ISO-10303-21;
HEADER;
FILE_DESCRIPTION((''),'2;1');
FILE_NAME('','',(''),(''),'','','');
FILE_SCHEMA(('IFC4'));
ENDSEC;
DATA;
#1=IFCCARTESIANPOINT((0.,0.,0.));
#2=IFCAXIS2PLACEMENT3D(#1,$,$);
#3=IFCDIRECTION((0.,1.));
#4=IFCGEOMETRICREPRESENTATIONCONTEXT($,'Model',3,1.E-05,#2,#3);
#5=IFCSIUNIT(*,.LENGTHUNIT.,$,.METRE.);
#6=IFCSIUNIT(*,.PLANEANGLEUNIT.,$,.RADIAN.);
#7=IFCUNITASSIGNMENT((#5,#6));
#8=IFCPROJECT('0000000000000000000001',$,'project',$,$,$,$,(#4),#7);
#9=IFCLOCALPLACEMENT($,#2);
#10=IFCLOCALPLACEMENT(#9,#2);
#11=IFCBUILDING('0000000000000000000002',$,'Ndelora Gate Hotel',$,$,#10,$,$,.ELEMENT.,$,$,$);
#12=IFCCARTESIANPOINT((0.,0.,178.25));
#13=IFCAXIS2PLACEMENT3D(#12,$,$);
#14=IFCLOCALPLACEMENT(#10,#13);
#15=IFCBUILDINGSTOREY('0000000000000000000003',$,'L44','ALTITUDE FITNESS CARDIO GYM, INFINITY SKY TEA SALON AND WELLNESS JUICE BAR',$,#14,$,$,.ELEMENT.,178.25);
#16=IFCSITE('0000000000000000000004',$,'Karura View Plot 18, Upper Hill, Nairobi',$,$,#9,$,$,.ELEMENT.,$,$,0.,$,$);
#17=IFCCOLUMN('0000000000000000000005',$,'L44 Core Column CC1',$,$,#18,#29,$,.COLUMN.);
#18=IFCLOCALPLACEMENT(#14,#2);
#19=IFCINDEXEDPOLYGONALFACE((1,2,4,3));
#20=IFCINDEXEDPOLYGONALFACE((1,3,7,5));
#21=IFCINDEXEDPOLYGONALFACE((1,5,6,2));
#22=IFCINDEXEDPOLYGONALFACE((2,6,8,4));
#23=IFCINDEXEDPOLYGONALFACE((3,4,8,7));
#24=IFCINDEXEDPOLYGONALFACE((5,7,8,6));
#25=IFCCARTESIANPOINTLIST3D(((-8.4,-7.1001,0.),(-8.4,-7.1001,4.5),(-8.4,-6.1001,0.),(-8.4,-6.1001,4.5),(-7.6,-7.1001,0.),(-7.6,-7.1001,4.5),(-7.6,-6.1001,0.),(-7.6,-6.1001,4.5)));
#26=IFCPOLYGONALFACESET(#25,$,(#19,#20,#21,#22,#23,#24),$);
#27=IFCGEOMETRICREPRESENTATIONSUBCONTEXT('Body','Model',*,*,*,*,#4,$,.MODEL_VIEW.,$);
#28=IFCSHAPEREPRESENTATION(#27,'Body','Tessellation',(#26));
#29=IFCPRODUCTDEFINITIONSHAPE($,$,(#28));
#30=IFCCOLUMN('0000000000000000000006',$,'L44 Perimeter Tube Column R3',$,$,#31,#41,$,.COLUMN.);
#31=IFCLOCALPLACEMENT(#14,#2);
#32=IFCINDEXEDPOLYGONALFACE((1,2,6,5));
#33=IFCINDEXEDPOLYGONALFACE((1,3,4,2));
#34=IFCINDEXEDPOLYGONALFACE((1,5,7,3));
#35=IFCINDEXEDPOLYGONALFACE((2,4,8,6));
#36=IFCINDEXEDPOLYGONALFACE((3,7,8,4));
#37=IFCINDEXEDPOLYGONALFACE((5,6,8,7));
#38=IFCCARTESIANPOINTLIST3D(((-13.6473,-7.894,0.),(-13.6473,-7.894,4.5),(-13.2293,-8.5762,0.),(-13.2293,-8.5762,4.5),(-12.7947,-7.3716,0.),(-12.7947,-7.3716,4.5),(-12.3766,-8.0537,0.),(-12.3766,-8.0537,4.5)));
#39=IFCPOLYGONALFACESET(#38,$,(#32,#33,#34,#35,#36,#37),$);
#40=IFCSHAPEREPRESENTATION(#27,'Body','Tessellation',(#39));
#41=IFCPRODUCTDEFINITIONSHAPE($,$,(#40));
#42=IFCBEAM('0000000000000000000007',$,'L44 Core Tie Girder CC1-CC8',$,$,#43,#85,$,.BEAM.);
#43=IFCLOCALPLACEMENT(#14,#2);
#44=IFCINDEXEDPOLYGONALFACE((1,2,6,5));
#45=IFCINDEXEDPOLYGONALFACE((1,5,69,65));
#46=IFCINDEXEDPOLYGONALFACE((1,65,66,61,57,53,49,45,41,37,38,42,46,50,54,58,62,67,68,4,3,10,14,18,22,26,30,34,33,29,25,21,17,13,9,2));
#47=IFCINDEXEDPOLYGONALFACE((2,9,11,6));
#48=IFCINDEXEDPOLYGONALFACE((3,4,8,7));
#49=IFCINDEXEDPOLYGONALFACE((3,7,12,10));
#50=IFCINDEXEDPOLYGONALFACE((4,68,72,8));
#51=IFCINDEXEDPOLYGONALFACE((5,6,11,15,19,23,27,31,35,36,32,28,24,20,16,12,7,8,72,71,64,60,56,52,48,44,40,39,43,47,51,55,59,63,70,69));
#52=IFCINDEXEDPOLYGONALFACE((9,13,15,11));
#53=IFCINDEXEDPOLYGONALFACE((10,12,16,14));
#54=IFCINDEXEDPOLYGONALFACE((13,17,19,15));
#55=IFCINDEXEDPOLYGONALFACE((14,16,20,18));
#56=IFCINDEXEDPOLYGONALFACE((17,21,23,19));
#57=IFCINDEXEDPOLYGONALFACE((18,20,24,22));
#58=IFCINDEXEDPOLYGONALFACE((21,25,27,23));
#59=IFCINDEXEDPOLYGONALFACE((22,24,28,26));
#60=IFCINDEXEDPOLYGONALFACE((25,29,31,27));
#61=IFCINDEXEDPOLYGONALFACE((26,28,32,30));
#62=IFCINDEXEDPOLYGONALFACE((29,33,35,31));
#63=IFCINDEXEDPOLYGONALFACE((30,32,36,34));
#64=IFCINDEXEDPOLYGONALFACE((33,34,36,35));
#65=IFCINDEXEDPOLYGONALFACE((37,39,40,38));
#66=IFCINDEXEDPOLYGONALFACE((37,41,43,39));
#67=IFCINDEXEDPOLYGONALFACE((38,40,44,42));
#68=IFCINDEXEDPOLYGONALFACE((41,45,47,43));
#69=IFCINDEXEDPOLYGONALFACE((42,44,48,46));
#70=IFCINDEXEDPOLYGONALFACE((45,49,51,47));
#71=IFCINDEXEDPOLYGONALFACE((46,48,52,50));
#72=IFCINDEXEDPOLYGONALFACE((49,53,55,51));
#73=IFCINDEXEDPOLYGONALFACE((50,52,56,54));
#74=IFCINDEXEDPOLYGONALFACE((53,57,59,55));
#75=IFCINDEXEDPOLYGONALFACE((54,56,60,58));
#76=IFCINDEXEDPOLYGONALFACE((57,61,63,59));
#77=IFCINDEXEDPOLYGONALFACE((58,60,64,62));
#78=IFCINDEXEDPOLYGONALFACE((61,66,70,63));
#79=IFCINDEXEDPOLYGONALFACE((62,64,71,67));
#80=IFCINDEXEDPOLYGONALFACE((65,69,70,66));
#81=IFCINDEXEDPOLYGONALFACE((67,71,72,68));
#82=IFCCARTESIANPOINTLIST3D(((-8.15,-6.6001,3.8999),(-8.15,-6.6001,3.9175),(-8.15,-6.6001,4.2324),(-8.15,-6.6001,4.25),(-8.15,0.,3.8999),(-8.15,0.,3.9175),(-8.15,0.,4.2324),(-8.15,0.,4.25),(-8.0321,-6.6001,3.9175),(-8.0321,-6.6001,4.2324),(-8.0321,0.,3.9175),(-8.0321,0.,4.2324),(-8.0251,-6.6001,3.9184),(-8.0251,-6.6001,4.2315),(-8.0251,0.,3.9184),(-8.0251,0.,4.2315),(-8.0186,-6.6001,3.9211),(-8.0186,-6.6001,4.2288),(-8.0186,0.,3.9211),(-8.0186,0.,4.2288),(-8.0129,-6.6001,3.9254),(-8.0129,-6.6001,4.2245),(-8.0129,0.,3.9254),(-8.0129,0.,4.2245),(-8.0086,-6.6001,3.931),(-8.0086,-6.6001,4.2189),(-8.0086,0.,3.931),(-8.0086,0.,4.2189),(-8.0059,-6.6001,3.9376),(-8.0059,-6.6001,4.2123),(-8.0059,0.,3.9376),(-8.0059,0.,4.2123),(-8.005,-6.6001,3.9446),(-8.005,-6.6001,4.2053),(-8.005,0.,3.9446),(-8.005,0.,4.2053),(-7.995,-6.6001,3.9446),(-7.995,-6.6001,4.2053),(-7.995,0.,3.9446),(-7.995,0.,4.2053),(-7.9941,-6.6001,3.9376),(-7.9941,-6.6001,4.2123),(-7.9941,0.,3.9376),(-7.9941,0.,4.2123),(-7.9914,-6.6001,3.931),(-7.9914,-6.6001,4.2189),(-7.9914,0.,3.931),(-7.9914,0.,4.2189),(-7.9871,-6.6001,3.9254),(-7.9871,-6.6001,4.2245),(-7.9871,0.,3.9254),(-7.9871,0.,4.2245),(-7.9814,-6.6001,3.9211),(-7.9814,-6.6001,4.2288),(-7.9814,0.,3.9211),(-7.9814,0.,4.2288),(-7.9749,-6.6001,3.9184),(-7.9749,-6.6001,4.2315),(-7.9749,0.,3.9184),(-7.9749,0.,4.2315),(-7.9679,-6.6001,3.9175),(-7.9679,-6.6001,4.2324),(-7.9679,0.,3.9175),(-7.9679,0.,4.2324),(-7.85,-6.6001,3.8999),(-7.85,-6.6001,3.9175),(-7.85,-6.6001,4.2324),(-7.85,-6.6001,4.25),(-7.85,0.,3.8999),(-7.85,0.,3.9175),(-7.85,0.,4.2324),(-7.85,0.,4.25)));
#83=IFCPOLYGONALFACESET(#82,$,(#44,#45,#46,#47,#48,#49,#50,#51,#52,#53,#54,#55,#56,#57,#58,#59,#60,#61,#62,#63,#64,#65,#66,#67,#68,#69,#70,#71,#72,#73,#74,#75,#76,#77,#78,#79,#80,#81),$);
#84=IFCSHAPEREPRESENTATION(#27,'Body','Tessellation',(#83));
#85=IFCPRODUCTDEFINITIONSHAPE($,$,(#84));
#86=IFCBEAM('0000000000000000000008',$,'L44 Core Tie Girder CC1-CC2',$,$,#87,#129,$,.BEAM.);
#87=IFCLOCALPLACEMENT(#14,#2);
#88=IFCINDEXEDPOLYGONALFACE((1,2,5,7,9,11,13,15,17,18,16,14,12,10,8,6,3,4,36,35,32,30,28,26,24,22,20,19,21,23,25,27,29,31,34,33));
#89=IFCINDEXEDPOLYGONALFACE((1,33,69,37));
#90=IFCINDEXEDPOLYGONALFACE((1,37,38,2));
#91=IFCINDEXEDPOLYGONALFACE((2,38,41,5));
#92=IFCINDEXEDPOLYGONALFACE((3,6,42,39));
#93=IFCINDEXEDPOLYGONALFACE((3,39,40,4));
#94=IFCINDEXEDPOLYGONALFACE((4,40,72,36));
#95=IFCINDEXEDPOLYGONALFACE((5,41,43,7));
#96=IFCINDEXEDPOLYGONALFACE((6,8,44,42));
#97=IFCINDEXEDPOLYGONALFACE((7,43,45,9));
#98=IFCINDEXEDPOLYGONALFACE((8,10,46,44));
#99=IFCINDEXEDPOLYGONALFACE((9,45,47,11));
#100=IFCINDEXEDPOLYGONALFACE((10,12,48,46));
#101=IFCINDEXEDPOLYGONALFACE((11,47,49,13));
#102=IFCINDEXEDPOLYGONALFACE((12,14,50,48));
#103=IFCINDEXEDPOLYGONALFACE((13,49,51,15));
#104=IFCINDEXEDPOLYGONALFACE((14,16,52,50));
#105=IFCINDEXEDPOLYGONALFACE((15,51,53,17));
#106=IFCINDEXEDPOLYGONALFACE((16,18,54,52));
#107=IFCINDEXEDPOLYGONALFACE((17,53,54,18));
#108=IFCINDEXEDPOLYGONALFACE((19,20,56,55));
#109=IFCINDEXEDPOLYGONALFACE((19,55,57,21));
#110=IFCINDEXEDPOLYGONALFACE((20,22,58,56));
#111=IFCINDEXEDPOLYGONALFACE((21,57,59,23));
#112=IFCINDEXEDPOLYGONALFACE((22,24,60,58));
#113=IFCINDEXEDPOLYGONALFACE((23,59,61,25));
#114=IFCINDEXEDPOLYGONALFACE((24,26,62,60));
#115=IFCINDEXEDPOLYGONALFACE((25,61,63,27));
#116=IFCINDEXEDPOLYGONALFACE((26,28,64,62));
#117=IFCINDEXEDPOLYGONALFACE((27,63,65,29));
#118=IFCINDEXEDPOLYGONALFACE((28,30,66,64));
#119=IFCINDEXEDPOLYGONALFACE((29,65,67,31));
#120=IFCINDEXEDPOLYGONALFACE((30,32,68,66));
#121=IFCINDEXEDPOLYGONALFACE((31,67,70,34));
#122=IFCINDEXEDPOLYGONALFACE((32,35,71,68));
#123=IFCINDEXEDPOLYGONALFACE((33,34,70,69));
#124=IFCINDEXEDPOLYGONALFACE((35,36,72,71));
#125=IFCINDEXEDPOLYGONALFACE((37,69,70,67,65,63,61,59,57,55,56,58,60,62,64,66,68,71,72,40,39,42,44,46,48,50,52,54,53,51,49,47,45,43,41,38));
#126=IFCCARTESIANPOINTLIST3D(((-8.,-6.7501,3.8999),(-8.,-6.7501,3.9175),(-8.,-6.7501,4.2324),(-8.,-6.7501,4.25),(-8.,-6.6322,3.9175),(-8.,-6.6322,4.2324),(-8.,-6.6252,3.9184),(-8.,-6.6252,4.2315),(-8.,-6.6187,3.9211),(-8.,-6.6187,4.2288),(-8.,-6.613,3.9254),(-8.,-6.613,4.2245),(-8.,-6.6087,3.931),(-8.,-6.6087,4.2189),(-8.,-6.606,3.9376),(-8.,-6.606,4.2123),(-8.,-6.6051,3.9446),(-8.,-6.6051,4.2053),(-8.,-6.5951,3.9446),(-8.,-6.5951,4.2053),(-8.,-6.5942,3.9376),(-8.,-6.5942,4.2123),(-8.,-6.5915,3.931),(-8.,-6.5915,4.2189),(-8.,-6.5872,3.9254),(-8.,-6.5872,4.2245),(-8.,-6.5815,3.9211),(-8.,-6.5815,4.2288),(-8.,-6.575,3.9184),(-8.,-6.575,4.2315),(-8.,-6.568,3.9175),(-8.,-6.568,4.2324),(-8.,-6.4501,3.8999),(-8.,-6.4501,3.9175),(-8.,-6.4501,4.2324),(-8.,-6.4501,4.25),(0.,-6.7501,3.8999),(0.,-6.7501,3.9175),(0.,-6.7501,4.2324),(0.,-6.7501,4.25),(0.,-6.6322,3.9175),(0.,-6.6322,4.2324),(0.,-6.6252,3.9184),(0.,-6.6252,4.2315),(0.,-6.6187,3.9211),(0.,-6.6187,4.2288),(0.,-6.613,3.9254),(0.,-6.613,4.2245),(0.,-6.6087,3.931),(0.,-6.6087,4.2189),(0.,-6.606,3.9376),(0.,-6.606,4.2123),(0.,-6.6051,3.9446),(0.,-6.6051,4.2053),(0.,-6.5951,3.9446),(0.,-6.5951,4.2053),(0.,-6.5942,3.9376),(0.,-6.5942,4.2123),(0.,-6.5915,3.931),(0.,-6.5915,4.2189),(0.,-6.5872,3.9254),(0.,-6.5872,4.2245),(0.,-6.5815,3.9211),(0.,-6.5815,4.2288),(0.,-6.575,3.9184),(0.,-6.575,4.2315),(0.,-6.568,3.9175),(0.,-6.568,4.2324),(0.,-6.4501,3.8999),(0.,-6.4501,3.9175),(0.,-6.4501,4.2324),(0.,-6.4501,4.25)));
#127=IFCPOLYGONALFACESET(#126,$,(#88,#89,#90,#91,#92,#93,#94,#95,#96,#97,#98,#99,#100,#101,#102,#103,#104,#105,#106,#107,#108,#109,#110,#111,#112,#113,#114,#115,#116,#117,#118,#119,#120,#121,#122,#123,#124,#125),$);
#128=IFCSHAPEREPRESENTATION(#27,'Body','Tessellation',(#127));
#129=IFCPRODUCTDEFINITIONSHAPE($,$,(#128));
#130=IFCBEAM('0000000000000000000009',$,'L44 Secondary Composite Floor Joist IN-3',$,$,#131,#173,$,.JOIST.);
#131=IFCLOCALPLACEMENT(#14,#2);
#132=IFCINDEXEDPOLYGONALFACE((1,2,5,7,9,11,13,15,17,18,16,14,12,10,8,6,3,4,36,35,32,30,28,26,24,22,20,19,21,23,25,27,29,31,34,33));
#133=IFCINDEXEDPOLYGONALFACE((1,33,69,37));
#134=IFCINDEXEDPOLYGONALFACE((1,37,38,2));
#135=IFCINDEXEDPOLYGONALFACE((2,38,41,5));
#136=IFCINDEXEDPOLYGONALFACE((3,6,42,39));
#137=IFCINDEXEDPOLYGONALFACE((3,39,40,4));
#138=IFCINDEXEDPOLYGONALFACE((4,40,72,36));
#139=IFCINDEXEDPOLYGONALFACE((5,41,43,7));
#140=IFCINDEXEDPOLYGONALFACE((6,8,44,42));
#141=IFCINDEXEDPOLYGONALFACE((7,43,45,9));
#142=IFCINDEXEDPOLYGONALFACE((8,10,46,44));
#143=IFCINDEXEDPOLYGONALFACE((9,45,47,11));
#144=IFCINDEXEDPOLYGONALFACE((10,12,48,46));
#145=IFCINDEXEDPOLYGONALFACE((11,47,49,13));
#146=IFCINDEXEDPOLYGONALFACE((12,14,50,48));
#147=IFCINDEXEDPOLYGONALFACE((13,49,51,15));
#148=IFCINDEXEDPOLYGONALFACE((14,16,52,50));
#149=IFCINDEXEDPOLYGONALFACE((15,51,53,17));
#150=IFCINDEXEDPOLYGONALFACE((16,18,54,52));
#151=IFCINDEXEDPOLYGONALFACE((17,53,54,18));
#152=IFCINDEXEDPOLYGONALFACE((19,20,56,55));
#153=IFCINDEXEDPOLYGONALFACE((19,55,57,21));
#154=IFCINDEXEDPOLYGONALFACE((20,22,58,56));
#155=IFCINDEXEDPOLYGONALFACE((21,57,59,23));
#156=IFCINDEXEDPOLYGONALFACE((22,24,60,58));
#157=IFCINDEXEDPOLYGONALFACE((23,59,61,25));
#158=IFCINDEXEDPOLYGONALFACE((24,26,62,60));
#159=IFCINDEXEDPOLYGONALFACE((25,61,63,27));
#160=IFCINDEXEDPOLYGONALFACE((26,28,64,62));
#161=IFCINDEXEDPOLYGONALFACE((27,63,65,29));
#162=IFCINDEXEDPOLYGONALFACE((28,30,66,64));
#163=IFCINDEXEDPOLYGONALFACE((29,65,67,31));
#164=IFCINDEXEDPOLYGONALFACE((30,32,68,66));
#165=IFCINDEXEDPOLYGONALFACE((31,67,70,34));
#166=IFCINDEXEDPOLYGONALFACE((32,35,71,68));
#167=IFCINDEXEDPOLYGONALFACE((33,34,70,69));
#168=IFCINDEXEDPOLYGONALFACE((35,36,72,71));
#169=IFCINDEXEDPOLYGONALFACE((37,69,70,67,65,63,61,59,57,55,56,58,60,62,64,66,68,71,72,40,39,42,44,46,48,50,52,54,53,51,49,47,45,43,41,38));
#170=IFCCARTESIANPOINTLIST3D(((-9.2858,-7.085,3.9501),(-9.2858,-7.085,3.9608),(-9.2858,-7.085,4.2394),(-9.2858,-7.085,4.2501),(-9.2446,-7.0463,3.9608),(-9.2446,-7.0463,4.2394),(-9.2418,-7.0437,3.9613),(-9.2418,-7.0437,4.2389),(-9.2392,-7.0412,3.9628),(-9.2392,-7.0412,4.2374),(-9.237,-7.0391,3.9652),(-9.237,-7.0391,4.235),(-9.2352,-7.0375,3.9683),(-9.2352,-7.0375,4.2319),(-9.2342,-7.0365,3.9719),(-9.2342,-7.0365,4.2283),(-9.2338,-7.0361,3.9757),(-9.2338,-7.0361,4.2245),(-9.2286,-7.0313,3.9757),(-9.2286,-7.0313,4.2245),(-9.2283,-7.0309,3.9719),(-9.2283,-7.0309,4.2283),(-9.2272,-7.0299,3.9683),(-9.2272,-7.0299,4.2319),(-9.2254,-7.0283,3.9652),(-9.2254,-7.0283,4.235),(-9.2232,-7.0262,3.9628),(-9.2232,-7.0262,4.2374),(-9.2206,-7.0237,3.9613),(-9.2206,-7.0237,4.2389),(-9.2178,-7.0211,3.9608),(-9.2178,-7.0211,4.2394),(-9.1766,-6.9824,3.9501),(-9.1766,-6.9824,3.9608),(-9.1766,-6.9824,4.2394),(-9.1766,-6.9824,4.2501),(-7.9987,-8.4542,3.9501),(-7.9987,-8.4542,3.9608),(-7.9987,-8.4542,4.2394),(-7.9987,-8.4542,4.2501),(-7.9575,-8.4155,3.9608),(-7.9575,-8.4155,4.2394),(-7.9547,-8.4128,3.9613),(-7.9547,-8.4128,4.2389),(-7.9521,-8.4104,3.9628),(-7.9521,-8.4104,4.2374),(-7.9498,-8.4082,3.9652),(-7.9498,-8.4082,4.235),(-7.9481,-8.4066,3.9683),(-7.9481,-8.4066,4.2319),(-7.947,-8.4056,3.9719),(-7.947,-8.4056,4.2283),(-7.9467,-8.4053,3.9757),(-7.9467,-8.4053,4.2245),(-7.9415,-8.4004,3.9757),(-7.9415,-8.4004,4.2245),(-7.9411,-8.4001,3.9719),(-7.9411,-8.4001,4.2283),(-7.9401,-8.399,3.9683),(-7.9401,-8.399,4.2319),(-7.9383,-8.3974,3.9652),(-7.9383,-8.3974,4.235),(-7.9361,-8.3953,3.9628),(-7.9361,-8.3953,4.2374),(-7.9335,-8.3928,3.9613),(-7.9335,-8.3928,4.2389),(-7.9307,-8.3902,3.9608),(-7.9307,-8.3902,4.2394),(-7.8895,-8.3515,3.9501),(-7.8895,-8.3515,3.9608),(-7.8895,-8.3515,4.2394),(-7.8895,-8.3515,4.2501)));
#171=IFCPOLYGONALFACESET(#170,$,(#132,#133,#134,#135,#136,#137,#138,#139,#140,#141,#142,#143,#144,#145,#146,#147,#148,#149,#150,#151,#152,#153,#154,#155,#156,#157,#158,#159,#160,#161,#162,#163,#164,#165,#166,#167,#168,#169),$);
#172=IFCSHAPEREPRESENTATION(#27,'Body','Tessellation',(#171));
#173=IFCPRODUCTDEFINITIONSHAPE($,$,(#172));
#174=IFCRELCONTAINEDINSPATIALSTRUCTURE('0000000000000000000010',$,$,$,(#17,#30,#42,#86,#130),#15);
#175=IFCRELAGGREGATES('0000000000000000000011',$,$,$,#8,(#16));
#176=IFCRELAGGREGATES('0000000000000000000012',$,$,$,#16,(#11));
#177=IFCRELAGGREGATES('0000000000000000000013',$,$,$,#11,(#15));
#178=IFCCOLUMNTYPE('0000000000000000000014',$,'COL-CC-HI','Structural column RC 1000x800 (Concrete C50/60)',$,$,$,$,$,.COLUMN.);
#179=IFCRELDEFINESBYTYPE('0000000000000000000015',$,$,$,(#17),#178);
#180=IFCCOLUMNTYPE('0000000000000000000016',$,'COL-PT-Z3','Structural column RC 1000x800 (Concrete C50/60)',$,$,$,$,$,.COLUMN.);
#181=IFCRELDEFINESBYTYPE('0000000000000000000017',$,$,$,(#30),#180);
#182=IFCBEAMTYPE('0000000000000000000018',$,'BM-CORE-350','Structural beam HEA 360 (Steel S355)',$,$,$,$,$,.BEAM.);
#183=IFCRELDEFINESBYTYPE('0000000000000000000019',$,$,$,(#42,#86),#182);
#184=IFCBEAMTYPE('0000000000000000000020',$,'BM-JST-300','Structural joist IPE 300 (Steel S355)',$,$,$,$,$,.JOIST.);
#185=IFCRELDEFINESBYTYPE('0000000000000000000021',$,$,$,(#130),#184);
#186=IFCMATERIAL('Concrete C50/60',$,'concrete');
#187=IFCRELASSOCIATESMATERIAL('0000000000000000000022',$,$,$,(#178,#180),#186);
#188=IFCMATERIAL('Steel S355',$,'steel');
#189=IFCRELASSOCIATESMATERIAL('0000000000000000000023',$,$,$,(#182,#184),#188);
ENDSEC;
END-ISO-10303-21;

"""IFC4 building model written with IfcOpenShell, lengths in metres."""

from ifc_helpers import new_model, si_unit, direction, frame, origin, origin_2d, place, context, subcontext, project, spatial, rectangle, i_section, extrude, material, material_profile, profile_set, type_object, element, save


model = new_model("IFC4")

# Units and contexts
model_context = context("Model", 3, precision=1e-05, world=origin(), true_north=direction((0.0, 1.0)))
body_context = subcontext(model_context, "Body", "Model", "MODEL_VIEW")
ifc_project = project(units=[si_unit("LENGTHUNIT", "METRE"), si_unit("PLANEANGLEUNIT", "RADIAN")], contexts=[model_context])

# Site, building, storey
site_placement = place(None, origin())
site = spatial("IfcSite", under=ifc_project, at=site_placement, Name="Karura View Plot 18, Upper Hill, Nairobi", CompositionType="ELEMENT", RefElevation=0.0)
building_placement = place(site_placement, origin())
building = spatial("IfcBuilding", under=site, at=building_placement, Name="Ndelora Gate Hotel", CompositionType="ELEMENT")
storey_placement = place(building_placement, frame((0.0, 0.0, 178.25)))
storey = spatial("IfcBuildingStorey", under=building, at=storey_placement, Name="L44", Description="ALTITUDE FITNESS CARDIO GYM, INFINITY SKY TEA SALON AND WELLNESS JUICE BAR", CompositionType="ELEMENT", Elevation=178.25)

# Columns
ifc_material_1 = material(Name="Concrete C50/60", Category="concrete")
ifc_material_profile_1 = material_profile(ifc_material_1, rectangle(XDim=0.8, YDim=1.0, at=origin_2d()), Name="RC 1000x800")
ifc_profile_set_1 = profile_set([ifc_material_profile_1], Name="Concrete C50/60")
column_type_1 = type_object("IfcColumnType", Name="COL-CC-HI", Description="Structural column RC 1000x800 (Concrete C50/60)", PredefinedType="COLUMN", material=ifc_profile_set_1)
column_1_placement = place(storey_placement, frame((-8.0, -6.6001, 0.0), z_axis=(0.0, 0.0, 1.0), x_axis=(1.0, 0.0, 0.0)))
element("IfcColumn", 1, at=column_1_placement, inside=storey, type_object=column_type_1, Name="L44 Core Column CC1", PredefinedType="COLUMN", context=body_context, shape_type="SweptSolid", body=[
    extrude(rectangle(XDim=0.8, YDim=1.0, at=origin_2d()), origin(), (0.0, 0.0, 1.0), 4.5),
])
ifc_material_profile_2 = material_profile(ifc_material_1, rectangle(XDim=0.8, YDim=1.0, at=origin_2d()), Name="RC 1000x800")
ifc_profile_set_2 = profile_set([ifc_material_profile_2], Name="Concrete C50/60")
column_type_2 = type_object("IfcColumnType", Name="COL-PT-Z3", Description="Structural column RC 1000x800 (Concrete C50/60)", PredefinedType="COLUMN", material=ifc_profile_set_2)
column_2_placement = place(storey_placement, frame((-13.012, -7.9739, 0.0), z_axis=(0.0, 0.0, 1.0), x_axis=(-0.522499, 0.85264, 0.0)))
element("IfcColumn", 2, at=column_2_placement, inside=storey, type_object=column_type_2, Name="L44 Perimeter Tube Column R3", PredefinedType="COLUMN", context=body_context, shape_type="SweptSolid", body=[
    extrude(rectangle(XDim=0.8, YDim=1.0, at=origin_2d()), origin(), (0.0, 0.0, 1.0), 4.5),
])

# Beams
ifc_material_2 = material(Name="Steel S355", Category="steel")
ifc_material_profile_3 = material_profile(ifc_material_2, i_section(OverallWidth=0.3, OverallDepth=0.3501, WebThickness=0.01, FlangeThickness=0.0176, FilletRadius=0.0271, at=origin_2d()), Name="HEA 360")
ifc_profile_set_3 = profile_set([ifc_material_profile_3], Name="Steel S355")
beam_type_1 = type_object("IfcBeamType", Name="BM-CORE-350", Description="Structural beam HEA 360 (Steel S355)", PredefinedType="BEAM", material=ifc_profile_set_3)
beam_1_placement = place(storey_placement, frame((-8.0, -6.6001, 4.075), z_axis=(0.0, 1.0, 0.0), x_axis=(-1.0, 0.0, 0.0)))
element("IfcBeam", 3, at=beam_1_placement, inside=storey, type_object=beam_type_1, Name="L44 Core Tie Girder CC1-CC8", PredefinedType="BEAM", context=body_context, shape_type="SweptSolid", body=[
    extrude(i_section(OverallWidth=0.3, OverallDepth=0.3501, WebThickness=0.01, FlangeThickness=0.0176, FilletRadius=0.0271, at=origin_2d()), origin(), (0.0, 0.0, 1.0), 6.6001),
])
beam_2_placement = place(storey_placement, frame((-8.0, -6.6001, 4.075), z_axis=(1.0, 0.0, 0.0), x_axis=(0.0, 1.0, 0.0)))
element("IfcBeam", 4, at=beam_2_placement, inside=storey, type_object=beam_type_1, Name="L44 Core Tie Girder CC1-CC2", PredefinedType="BEAM", context=body_context, shape_type="SweptSolid", body=[
    extrude(i_section(OverallWidth=0.3, OverallDepth=0.3501, WebThickness=0.01, FlangeThickness=0.0176, FilletRadius=0.0271, at=origin_2d()), origin(), (0.0, 0.0, 1.0), 8.0),
])
ifc_material_profile_4 = material_profile(ifc_material_2, i_section(OverallWidth=0.1499, OverallDepth=0.3, WebThickness=0.0071, FlangeThickness=0.0107, FilletRadius=0.0149, at=origin_2d()), Name="IPE 300")
ifc_profile_set_4 = profile_set([ifc_material_profile_4], Name="Steel S355")
beam_type_2 = type_object("IfcBeamType", Name="BM-JST-300", Description="Structural joist IPE 300 (Steel S355)", PredefinedType="JOIST", material=ifc_profile_set_4)
beam_3_placement = place(storey_placement, frame((-9.2312, -7.0337, 4.1001), z_axis=(0.684943, -0.728597, 0.0), x_axis=(0.728597, 0.684943, 0.0)))
element("IfcBeam", 5, at=beam_3_placement, inside=storey, type_object=beam_type_2, Name="L44 Secondary Composite Floor Joist IN-3", PredefinedType="JOIST", context=body_context, shape_type="SweptSolid", body=[
    extrude(i_section(OverallWidth=0.1499, OverallDepth=0.3, WebThickness=0.0071, FlangeThickness=0.0107, FilletRadius=0.0149, at=origin_2d()), origin(), (0.0, 0.0, 1.0), 1.8792),
])

save(model, "model.ifc")
